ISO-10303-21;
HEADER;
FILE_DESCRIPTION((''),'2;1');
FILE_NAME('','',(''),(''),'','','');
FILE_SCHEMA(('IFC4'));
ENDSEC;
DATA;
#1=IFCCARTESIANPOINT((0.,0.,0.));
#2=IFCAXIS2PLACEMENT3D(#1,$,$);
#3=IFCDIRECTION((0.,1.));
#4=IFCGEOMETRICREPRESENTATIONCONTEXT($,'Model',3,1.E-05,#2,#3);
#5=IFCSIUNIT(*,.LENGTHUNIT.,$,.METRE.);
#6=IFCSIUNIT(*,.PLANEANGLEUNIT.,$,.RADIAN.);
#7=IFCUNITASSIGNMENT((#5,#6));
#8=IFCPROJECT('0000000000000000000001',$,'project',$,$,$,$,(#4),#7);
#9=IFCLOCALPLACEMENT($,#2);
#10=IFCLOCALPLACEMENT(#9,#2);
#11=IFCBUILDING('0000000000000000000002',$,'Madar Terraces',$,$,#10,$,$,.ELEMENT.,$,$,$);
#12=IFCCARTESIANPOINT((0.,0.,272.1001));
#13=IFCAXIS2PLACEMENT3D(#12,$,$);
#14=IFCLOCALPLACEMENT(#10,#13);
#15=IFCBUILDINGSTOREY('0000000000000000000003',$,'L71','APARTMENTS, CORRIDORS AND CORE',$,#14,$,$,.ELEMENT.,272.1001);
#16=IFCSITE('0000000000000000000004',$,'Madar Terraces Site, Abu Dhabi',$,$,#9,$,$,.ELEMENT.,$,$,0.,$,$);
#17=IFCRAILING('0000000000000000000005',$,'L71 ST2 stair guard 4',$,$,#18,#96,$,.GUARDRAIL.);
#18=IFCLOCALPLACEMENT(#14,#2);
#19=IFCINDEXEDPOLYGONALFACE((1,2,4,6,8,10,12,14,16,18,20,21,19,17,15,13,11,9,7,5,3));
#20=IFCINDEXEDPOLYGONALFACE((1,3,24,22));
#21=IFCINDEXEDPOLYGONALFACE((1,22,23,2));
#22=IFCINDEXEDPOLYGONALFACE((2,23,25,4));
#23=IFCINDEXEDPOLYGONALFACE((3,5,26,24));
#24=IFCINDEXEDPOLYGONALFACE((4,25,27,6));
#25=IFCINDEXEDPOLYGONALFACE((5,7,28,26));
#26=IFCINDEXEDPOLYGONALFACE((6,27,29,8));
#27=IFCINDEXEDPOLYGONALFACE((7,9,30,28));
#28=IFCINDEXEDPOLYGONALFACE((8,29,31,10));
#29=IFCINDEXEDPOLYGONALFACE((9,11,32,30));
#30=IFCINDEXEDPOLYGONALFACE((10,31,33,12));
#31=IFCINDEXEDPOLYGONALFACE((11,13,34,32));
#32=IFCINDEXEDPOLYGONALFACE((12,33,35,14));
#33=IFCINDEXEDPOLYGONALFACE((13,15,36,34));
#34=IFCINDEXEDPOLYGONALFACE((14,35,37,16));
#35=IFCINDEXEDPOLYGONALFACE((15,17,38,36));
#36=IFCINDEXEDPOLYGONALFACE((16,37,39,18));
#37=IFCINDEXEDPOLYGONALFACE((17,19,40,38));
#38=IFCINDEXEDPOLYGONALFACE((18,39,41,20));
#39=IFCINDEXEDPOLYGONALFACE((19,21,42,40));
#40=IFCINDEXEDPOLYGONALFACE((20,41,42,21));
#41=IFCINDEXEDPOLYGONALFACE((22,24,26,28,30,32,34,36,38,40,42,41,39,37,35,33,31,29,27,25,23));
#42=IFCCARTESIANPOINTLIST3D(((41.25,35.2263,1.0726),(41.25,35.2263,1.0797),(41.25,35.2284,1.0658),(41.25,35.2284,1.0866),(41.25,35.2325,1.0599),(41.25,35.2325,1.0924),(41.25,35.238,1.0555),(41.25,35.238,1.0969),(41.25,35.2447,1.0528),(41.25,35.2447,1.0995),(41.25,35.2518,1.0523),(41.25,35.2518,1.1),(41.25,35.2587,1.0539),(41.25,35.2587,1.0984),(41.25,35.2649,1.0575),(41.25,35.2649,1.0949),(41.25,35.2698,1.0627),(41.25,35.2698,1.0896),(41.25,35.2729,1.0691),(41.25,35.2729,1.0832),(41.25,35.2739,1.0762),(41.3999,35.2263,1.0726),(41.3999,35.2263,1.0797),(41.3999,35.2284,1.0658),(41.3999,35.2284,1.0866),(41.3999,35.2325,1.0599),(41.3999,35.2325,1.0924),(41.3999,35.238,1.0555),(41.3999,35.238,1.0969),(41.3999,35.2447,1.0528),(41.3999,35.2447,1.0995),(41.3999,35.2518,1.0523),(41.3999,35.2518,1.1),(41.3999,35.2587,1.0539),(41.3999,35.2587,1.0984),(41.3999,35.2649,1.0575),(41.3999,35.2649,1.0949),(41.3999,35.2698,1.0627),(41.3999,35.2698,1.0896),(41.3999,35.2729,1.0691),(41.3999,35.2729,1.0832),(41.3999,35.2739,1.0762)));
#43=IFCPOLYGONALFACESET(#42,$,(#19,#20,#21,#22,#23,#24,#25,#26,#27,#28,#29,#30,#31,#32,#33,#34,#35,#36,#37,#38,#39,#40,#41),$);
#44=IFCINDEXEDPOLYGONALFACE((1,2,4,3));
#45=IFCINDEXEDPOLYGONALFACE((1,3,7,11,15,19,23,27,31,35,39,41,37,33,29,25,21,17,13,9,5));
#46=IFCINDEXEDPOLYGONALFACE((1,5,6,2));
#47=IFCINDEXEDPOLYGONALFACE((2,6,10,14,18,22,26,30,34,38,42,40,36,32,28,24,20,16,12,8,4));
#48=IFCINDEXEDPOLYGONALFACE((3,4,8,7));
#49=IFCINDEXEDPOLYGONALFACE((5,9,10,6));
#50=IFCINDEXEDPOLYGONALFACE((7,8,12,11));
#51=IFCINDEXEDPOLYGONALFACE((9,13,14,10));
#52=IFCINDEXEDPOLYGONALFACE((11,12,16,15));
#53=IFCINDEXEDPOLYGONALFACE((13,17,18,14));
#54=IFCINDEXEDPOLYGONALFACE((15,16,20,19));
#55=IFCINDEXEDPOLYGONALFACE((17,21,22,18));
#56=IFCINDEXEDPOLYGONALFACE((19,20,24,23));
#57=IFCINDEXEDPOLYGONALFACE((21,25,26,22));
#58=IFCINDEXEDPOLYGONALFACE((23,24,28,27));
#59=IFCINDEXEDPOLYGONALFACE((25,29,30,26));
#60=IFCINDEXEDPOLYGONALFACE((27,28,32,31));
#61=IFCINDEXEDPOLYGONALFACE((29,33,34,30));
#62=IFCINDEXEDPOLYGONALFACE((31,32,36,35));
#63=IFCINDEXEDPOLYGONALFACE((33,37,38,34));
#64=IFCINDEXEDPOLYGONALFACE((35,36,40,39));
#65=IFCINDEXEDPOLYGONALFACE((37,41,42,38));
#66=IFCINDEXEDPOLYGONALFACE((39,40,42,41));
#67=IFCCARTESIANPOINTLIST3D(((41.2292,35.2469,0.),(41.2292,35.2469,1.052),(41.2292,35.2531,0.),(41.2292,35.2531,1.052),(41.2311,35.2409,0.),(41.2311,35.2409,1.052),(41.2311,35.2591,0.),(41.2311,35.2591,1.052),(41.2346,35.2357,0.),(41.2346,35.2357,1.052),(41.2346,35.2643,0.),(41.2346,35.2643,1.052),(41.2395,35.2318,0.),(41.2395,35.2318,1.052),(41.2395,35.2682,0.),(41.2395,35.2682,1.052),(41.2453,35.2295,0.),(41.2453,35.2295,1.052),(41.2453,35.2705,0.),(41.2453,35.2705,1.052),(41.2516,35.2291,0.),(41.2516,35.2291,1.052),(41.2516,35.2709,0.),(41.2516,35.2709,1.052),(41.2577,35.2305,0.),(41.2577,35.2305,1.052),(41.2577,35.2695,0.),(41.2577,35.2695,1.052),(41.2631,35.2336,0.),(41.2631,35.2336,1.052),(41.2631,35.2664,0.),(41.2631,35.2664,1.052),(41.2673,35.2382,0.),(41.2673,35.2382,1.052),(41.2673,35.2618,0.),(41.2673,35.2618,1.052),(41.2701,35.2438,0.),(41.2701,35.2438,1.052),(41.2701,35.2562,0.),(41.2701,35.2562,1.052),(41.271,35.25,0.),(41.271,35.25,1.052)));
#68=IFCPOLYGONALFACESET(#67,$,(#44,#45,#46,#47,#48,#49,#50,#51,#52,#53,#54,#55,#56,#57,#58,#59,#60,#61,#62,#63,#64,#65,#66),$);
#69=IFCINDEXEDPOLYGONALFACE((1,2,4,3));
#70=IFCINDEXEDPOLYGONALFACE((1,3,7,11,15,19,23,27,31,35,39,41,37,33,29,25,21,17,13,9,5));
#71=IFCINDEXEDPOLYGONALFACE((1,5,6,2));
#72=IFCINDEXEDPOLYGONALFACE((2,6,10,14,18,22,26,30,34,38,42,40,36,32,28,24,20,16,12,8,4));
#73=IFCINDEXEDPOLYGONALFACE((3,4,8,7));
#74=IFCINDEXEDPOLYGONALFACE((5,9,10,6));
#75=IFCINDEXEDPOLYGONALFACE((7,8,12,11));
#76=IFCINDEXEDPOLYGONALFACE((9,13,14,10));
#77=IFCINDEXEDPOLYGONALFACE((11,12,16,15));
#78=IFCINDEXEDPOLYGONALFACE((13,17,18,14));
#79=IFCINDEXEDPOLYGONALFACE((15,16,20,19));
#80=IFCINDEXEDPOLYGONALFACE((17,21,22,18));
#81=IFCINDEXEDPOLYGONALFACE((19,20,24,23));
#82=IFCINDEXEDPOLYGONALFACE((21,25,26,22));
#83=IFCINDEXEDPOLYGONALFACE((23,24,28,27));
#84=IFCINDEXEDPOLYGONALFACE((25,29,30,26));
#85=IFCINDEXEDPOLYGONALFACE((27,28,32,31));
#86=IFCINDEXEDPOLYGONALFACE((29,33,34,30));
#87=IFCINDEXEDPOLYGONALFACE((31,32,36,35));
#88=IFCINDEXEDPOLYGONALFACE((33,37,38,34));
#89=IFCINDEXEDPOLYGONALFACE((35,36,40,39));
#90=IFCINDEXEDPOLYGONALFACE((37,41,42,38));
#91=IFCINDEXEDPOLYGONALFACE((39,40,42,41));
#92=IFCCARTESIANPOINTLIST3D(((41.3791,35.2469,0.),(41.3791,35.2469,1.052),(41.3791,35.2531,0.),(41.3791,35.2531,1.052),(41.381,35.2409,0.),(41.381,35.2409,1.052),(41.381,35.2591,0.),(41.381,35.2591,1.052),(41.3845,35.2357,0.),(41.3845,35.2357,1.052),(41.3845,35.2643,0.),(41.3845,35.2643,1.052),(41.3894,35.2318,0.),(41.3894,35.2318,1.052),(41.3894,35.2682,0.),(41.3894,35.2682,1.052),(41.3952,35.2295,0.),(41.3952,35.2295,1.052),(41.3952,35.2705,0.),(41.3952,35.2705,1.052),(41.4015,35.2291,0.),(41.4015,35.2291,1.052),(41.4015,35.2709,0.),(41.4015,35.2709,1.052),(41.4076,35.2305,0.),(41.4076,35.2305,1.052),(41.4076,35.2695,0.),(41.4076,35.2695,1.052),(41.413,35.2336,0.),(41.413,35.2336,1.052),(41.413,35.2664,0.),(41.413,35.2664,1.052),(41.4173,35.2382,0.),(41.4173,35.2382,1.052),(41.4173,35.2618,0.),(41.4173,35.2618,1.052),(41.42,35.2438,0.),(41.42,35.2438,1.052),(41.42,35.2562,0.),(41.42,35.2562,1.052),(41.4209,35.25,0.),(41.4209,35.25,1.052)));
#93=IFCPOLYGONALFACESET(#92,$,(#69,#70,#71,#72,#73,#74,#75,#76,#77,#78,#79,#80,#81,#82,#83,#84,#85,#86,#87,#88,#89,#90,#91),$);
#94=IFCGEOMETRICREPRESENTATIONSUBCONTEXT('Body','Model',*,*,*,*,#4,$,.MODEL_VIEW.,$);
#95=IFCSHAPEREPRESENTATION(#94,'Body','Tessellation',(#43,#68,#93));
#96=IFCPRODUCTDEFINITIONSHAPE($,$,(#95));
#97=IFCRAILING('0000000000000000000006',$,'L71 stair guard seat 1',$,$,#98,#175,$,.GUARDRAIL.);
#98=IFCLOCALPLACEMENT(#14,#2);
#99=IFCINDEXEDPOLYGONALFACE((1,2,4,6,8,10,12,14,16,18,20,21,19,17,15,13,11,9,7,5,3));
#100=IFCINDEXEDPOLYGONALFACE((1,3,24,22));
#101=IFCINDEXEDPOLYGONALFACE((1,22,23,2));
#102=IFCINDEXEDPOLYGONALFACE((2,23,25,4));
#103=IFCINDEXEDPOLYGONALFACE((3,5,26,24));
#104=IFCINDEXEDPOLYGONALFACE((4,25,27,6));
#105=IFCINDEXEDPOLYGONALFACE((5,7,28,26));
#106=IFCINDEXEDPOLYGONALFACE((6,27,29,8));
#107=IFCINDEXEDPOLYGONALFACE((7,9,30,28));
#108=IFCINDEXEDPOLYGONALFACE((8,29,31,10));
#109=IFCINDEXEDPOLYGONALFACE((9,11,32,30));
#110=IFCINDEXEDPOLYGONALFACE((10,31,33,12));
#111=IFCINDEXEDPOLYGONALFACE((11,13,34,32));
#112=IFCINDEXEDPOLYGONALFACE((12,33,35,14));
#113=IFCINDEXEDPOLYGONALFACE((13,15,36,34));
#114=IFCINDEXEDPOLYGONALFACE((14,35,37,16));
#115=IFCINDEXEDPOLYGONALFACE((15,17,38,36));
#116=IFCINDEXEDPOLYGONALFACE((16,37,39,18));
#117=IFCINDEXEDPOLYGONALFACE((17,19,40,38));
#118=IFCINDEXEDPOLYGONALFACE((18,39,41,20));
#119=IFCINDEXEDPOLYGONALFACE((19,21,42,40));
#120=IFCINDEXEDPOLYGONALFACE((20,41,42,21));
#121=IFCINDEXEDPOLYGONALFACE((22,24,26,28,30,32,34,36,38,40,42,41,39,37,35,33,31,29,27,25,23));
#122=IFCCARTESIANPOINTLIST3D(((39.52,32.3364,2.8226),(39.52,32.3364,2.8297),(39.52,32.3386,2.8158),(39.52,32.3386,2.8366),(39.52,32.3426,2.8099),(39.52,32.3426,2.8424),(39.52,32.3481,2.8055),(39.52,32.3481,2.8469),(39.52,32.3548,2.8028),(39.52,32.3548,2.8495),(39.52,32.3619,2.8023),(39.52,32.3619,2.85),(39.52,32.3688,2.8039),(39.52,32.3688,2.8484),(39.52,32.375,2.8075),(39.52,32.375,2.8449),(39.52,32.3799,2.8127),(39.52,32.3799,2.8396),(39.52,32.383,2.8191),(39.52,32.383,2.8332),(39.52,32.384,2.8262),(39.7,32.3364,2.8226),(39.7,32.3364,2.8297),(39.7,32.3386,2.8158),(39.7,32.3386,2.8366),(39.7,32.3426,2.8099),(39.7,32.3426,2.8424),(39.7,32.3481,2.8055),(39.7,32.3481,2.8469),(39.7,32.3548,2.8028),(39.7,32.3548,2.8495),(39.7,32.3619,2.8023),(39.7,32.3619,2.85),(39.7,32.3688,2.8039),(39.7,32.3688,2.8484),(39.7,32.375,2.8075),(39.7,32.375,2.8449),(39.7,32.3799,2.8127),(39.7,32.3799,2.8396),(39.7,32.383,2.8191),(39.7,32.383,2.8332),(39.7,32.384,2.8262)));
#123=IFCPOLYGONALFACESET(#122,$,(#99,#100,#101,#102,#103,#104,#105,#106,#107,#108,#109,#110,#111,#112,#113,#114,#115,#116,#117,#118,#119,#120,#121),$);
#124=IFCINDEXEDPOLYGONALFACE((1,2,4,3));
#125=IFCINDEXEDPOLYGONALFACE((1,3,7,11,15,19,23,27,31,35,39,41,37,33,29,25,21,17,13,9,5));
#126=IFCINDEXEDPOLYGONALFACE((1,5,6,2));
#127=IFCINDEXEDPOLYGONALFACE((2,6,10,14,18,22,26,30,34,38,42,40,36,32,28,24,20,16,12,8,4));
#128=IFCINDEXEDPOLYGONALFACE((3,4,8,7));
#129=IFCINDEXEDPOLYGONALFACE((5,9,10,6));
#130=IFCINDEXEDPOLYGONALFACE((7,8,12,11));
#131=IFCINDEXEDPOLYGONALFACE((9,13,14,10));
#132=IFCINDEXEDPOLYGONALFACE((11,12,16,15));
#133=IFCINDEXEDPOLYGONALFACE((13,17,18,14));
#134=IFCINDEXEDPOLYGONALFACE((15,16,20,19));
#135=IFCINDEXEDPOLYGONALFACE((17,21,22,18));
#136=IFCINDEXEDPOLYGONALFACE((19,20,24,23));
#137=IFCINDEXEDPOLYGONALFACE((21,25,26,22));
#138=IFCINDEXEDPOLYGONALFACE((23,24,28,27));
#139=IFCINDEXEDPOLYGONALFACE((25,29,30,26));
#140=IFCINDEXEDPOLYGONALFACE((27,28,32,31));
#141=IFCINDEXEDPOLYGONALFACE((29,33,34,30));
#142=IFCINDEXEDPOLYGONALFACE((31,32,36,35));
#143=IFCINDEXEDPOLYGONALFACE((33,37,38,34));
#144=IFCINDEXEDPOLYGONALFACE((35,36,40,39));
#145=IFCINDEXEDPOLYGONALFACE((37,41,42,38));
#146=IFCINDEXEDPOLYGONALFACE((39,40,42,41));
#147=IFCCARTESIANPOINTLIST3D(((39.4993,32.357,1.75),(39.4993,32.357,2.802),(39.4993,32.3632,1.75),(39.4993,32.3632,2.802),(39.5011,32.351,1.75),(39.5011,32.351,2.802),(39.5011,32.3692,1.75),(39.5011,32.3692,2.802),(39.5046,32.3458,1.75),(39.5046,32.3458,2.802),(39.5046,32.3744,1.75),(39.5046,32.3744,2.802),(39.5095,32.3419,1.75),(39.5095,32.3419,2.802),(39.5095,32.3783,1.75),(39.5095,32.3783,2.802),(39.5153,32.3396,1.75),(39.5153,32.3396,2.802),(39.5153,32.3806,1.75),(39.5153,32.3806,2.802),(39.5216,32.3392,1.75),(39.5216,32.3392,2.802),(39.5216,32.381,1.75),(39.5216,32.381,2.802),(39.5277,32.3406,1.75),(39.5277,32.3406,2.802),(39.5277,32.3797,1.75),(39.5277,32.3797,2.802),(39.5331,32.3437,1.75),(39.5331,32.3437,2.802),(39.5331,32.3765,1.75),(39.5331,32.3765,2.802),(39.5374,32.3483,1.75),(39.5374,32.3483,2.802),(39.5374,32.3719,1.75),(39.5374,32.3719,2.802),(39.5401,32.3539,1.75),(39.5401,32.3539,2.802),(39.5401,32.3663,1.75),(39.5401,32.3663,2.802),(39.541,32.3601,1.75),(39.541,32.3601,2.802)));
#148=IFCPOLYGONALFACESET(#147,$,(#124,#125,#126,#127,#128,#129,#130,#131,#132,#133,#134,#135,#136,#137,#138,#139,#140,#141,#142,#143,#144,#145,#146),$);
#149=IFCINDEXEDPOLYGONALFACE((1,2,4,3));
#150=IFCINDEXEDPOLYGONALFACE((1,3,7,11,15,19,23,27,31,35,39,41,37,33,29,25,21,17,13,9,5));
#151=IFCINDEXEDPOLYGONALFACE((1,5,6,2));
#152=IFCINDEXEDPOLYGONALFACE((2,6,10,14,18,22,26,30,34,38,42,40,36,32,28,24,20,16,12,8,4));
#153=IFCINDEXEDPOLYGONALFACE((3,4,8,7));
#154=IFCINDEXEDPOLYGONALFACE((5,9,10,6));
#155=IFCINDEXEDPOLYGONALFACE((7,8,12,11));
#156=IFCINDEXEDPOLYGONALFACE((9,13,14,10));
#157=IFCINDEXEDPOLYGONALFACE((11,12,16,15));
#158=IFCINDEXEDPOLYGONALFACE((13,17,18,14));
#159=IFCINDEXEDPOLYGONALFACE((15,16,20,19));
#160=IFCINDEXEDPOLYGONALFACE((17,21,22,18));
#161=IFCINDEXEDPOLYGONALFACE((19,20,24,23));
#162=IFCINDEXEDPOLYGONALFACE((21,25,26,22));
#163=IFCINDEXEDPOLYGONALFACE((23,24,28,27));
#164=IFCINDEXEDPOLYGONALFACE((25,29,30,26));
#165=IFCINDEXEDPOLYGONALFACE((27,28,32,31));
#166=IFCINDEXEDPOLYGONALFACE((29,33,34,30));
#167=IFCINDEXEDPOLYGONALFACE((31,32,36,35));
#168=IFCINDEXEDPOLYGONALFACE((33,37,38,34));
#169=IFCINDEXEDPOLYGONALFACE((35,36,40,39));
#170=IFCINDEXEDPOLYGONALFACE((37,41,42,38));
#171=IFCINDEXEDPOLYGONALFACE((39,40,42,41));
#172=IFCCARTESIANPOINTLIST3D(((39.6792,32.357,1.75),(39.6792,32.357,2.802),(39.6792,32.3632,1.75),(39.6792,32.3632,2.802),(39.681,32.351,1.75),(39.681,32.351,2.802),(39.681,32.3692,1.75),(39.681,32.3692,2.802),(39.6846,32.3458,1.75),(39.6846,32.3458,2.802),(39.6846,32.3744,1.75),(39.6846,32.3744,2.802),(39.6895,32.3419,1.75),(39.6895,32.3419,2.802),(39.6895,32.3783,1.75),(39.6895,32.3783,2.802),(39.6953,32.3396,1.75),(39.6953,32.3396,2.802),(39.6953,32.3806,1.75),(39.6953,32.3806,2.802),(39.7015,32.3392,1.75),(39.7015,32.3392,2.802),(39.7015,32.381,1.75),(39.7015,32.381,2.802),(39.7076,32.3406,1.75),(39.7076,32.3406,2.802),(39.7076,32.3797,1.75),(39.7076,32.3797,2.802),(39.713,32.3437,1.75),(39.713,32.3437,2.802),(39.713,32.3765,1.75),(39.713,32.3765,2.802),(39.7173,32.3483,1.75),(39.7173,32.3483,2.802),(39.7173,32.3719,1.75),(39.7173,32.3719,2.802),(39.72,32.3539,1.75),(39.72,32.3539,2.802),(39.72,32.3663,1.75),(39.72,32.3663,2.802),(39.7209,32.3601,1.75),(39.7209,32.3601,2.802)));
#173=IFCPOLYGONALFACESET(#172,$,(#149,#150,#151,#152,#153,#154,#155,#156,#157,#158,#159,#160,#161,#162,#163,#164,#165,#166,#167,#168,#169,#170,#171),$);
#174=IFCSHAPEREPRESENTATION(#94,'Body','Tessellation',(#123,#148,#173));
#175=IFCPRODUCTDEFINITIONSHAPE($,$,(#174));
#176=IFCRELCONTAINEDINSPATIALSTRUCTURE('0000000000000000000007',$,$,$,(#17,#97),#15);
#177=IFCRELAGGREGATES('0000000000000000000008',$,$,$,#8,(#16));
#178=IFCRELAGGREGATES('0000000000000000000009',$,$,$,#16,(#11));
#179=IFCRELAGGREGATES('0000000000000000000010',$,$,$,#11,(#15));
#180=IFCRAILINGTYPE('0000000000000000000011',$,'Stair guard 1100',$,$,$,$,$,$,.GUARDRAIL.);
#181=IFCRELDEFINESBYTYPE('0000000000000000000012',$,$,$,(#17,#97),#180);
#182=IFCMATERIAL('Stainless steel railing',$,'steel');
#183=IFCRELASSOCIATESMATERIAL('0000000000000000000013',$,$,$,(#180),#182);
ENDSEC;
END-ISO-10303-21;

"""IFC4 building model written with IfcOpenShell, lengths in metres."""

from ifc_helpers import new_model, si_unit, direction, frame, origin, origin_2d, place, context, subcontext, project, spatial, circle, extrude, material, type_object, element, save


model = new_model("IFC4")

# Units and contexts
model_context = context("Model", 3, precision=1e-05, world=origin(), true_north=direction((0.0, 1.0)))
body_context = subcontext(model_context, "Body", "Model", "MODEL_VIEW")
ifc_project = project(units=[si_unit("LENGTHUNIT", "METRE"), si_unit("PLANEANGLEUNIT", "RADIAN")], contexts=[model_context])

# Site, building, storey
site_placement = place(None, origin())
site = spatial("IfcSite", under=ifc_project, at=site_placement, Name="Madar Terraces Site, Abu Dhabi", CompositionType="ELEMENT", RefElevation=0.0)
building_placement = place(site_placement, origin())
building = spatial("IfcBuilding", under=site, at=building_placement, Name="Madar Terraces", CompositionType="ELEMENT")
storey_placement = place(building_placement, frame((0.0, 0.0, 272.1001)))
storey = spatial("IfcBuildingStorey", under=building, at=storey_placement, Name="L71", Description="APARTMENTS, CORRIDORS AND CORE", CompositionType="ELEMENT", Elevation=272.1001)

# Railings
ifc_material_1 = material(Name="Stainless steel railing", Category="steel")
railing_type_1 = type_object("IfcRailingType", Name="Stair guard 1100", PredefinedType="GUARDRAIL", material=ifc_material_1)
railing_1_placement = place(storey_placement, frame((41.25, 35.25, 0.0)))
element("IfcRailing", 1, at=railing_1_placement, inside=storey, type_object=railing_type_1, Name="L71 ST2 stair guard 4", PredefinedType="GUARDRAIL", context=body_context, shape_type="SweptSolid", body=[
    extrude(circle(Radius=0.0239, at=origin_2d()), frame((0.0, 0.0, 1.0762), z_axis=(1.0, 0.0, 0.0), x_axis=(0.0, 1.0, 0.0)), (0.0, 0.0, 1.0), 0.1499),
    extrude(circle(Radius=0.021, at=origin_2d()), origin(), (0.0, 0.0, 1.0), 1.052),
    extrude(circle(Radius=0.021, at=origin_2d()), frame((0.1499, 0.0, 0.0)), (0.0, 0.0, 1.0), 1.052),
])
for number, where, name in (
    (2, (39.52, 32.3601, 1.75), "L71 stair guard seat 1"),
):
    element("IfcRailing", number, at=place(storey_placement, frame(where)), inside=storey, type_object=railing_type_1, Name=name, PredefinedType="GUARDRAIL", context=body_context, shape_type="SweptSolid", body=[
        extrude(circle(Radius=0.0239, at=origin_2d()), frame((0.0, 0.0, 1.0762), z_axis=(1.0, 0.0, 0.0), x_axis=(0.0, 1.0, 0.0)), (0.0, 0.0, 1.0), 0.1799),
        extrude(circle(Radius=0.021, at=origin_2d()), origin(), (0.0, 0.0, 1.0), 1.052),
        extrude(circle(Radius=0.021, at=origin_2d()), frame((0.1799, 0.0, 0.0)), (0.0, 0.0, 1.0), 1.052),
    ])

save(model, "model.ifc")
